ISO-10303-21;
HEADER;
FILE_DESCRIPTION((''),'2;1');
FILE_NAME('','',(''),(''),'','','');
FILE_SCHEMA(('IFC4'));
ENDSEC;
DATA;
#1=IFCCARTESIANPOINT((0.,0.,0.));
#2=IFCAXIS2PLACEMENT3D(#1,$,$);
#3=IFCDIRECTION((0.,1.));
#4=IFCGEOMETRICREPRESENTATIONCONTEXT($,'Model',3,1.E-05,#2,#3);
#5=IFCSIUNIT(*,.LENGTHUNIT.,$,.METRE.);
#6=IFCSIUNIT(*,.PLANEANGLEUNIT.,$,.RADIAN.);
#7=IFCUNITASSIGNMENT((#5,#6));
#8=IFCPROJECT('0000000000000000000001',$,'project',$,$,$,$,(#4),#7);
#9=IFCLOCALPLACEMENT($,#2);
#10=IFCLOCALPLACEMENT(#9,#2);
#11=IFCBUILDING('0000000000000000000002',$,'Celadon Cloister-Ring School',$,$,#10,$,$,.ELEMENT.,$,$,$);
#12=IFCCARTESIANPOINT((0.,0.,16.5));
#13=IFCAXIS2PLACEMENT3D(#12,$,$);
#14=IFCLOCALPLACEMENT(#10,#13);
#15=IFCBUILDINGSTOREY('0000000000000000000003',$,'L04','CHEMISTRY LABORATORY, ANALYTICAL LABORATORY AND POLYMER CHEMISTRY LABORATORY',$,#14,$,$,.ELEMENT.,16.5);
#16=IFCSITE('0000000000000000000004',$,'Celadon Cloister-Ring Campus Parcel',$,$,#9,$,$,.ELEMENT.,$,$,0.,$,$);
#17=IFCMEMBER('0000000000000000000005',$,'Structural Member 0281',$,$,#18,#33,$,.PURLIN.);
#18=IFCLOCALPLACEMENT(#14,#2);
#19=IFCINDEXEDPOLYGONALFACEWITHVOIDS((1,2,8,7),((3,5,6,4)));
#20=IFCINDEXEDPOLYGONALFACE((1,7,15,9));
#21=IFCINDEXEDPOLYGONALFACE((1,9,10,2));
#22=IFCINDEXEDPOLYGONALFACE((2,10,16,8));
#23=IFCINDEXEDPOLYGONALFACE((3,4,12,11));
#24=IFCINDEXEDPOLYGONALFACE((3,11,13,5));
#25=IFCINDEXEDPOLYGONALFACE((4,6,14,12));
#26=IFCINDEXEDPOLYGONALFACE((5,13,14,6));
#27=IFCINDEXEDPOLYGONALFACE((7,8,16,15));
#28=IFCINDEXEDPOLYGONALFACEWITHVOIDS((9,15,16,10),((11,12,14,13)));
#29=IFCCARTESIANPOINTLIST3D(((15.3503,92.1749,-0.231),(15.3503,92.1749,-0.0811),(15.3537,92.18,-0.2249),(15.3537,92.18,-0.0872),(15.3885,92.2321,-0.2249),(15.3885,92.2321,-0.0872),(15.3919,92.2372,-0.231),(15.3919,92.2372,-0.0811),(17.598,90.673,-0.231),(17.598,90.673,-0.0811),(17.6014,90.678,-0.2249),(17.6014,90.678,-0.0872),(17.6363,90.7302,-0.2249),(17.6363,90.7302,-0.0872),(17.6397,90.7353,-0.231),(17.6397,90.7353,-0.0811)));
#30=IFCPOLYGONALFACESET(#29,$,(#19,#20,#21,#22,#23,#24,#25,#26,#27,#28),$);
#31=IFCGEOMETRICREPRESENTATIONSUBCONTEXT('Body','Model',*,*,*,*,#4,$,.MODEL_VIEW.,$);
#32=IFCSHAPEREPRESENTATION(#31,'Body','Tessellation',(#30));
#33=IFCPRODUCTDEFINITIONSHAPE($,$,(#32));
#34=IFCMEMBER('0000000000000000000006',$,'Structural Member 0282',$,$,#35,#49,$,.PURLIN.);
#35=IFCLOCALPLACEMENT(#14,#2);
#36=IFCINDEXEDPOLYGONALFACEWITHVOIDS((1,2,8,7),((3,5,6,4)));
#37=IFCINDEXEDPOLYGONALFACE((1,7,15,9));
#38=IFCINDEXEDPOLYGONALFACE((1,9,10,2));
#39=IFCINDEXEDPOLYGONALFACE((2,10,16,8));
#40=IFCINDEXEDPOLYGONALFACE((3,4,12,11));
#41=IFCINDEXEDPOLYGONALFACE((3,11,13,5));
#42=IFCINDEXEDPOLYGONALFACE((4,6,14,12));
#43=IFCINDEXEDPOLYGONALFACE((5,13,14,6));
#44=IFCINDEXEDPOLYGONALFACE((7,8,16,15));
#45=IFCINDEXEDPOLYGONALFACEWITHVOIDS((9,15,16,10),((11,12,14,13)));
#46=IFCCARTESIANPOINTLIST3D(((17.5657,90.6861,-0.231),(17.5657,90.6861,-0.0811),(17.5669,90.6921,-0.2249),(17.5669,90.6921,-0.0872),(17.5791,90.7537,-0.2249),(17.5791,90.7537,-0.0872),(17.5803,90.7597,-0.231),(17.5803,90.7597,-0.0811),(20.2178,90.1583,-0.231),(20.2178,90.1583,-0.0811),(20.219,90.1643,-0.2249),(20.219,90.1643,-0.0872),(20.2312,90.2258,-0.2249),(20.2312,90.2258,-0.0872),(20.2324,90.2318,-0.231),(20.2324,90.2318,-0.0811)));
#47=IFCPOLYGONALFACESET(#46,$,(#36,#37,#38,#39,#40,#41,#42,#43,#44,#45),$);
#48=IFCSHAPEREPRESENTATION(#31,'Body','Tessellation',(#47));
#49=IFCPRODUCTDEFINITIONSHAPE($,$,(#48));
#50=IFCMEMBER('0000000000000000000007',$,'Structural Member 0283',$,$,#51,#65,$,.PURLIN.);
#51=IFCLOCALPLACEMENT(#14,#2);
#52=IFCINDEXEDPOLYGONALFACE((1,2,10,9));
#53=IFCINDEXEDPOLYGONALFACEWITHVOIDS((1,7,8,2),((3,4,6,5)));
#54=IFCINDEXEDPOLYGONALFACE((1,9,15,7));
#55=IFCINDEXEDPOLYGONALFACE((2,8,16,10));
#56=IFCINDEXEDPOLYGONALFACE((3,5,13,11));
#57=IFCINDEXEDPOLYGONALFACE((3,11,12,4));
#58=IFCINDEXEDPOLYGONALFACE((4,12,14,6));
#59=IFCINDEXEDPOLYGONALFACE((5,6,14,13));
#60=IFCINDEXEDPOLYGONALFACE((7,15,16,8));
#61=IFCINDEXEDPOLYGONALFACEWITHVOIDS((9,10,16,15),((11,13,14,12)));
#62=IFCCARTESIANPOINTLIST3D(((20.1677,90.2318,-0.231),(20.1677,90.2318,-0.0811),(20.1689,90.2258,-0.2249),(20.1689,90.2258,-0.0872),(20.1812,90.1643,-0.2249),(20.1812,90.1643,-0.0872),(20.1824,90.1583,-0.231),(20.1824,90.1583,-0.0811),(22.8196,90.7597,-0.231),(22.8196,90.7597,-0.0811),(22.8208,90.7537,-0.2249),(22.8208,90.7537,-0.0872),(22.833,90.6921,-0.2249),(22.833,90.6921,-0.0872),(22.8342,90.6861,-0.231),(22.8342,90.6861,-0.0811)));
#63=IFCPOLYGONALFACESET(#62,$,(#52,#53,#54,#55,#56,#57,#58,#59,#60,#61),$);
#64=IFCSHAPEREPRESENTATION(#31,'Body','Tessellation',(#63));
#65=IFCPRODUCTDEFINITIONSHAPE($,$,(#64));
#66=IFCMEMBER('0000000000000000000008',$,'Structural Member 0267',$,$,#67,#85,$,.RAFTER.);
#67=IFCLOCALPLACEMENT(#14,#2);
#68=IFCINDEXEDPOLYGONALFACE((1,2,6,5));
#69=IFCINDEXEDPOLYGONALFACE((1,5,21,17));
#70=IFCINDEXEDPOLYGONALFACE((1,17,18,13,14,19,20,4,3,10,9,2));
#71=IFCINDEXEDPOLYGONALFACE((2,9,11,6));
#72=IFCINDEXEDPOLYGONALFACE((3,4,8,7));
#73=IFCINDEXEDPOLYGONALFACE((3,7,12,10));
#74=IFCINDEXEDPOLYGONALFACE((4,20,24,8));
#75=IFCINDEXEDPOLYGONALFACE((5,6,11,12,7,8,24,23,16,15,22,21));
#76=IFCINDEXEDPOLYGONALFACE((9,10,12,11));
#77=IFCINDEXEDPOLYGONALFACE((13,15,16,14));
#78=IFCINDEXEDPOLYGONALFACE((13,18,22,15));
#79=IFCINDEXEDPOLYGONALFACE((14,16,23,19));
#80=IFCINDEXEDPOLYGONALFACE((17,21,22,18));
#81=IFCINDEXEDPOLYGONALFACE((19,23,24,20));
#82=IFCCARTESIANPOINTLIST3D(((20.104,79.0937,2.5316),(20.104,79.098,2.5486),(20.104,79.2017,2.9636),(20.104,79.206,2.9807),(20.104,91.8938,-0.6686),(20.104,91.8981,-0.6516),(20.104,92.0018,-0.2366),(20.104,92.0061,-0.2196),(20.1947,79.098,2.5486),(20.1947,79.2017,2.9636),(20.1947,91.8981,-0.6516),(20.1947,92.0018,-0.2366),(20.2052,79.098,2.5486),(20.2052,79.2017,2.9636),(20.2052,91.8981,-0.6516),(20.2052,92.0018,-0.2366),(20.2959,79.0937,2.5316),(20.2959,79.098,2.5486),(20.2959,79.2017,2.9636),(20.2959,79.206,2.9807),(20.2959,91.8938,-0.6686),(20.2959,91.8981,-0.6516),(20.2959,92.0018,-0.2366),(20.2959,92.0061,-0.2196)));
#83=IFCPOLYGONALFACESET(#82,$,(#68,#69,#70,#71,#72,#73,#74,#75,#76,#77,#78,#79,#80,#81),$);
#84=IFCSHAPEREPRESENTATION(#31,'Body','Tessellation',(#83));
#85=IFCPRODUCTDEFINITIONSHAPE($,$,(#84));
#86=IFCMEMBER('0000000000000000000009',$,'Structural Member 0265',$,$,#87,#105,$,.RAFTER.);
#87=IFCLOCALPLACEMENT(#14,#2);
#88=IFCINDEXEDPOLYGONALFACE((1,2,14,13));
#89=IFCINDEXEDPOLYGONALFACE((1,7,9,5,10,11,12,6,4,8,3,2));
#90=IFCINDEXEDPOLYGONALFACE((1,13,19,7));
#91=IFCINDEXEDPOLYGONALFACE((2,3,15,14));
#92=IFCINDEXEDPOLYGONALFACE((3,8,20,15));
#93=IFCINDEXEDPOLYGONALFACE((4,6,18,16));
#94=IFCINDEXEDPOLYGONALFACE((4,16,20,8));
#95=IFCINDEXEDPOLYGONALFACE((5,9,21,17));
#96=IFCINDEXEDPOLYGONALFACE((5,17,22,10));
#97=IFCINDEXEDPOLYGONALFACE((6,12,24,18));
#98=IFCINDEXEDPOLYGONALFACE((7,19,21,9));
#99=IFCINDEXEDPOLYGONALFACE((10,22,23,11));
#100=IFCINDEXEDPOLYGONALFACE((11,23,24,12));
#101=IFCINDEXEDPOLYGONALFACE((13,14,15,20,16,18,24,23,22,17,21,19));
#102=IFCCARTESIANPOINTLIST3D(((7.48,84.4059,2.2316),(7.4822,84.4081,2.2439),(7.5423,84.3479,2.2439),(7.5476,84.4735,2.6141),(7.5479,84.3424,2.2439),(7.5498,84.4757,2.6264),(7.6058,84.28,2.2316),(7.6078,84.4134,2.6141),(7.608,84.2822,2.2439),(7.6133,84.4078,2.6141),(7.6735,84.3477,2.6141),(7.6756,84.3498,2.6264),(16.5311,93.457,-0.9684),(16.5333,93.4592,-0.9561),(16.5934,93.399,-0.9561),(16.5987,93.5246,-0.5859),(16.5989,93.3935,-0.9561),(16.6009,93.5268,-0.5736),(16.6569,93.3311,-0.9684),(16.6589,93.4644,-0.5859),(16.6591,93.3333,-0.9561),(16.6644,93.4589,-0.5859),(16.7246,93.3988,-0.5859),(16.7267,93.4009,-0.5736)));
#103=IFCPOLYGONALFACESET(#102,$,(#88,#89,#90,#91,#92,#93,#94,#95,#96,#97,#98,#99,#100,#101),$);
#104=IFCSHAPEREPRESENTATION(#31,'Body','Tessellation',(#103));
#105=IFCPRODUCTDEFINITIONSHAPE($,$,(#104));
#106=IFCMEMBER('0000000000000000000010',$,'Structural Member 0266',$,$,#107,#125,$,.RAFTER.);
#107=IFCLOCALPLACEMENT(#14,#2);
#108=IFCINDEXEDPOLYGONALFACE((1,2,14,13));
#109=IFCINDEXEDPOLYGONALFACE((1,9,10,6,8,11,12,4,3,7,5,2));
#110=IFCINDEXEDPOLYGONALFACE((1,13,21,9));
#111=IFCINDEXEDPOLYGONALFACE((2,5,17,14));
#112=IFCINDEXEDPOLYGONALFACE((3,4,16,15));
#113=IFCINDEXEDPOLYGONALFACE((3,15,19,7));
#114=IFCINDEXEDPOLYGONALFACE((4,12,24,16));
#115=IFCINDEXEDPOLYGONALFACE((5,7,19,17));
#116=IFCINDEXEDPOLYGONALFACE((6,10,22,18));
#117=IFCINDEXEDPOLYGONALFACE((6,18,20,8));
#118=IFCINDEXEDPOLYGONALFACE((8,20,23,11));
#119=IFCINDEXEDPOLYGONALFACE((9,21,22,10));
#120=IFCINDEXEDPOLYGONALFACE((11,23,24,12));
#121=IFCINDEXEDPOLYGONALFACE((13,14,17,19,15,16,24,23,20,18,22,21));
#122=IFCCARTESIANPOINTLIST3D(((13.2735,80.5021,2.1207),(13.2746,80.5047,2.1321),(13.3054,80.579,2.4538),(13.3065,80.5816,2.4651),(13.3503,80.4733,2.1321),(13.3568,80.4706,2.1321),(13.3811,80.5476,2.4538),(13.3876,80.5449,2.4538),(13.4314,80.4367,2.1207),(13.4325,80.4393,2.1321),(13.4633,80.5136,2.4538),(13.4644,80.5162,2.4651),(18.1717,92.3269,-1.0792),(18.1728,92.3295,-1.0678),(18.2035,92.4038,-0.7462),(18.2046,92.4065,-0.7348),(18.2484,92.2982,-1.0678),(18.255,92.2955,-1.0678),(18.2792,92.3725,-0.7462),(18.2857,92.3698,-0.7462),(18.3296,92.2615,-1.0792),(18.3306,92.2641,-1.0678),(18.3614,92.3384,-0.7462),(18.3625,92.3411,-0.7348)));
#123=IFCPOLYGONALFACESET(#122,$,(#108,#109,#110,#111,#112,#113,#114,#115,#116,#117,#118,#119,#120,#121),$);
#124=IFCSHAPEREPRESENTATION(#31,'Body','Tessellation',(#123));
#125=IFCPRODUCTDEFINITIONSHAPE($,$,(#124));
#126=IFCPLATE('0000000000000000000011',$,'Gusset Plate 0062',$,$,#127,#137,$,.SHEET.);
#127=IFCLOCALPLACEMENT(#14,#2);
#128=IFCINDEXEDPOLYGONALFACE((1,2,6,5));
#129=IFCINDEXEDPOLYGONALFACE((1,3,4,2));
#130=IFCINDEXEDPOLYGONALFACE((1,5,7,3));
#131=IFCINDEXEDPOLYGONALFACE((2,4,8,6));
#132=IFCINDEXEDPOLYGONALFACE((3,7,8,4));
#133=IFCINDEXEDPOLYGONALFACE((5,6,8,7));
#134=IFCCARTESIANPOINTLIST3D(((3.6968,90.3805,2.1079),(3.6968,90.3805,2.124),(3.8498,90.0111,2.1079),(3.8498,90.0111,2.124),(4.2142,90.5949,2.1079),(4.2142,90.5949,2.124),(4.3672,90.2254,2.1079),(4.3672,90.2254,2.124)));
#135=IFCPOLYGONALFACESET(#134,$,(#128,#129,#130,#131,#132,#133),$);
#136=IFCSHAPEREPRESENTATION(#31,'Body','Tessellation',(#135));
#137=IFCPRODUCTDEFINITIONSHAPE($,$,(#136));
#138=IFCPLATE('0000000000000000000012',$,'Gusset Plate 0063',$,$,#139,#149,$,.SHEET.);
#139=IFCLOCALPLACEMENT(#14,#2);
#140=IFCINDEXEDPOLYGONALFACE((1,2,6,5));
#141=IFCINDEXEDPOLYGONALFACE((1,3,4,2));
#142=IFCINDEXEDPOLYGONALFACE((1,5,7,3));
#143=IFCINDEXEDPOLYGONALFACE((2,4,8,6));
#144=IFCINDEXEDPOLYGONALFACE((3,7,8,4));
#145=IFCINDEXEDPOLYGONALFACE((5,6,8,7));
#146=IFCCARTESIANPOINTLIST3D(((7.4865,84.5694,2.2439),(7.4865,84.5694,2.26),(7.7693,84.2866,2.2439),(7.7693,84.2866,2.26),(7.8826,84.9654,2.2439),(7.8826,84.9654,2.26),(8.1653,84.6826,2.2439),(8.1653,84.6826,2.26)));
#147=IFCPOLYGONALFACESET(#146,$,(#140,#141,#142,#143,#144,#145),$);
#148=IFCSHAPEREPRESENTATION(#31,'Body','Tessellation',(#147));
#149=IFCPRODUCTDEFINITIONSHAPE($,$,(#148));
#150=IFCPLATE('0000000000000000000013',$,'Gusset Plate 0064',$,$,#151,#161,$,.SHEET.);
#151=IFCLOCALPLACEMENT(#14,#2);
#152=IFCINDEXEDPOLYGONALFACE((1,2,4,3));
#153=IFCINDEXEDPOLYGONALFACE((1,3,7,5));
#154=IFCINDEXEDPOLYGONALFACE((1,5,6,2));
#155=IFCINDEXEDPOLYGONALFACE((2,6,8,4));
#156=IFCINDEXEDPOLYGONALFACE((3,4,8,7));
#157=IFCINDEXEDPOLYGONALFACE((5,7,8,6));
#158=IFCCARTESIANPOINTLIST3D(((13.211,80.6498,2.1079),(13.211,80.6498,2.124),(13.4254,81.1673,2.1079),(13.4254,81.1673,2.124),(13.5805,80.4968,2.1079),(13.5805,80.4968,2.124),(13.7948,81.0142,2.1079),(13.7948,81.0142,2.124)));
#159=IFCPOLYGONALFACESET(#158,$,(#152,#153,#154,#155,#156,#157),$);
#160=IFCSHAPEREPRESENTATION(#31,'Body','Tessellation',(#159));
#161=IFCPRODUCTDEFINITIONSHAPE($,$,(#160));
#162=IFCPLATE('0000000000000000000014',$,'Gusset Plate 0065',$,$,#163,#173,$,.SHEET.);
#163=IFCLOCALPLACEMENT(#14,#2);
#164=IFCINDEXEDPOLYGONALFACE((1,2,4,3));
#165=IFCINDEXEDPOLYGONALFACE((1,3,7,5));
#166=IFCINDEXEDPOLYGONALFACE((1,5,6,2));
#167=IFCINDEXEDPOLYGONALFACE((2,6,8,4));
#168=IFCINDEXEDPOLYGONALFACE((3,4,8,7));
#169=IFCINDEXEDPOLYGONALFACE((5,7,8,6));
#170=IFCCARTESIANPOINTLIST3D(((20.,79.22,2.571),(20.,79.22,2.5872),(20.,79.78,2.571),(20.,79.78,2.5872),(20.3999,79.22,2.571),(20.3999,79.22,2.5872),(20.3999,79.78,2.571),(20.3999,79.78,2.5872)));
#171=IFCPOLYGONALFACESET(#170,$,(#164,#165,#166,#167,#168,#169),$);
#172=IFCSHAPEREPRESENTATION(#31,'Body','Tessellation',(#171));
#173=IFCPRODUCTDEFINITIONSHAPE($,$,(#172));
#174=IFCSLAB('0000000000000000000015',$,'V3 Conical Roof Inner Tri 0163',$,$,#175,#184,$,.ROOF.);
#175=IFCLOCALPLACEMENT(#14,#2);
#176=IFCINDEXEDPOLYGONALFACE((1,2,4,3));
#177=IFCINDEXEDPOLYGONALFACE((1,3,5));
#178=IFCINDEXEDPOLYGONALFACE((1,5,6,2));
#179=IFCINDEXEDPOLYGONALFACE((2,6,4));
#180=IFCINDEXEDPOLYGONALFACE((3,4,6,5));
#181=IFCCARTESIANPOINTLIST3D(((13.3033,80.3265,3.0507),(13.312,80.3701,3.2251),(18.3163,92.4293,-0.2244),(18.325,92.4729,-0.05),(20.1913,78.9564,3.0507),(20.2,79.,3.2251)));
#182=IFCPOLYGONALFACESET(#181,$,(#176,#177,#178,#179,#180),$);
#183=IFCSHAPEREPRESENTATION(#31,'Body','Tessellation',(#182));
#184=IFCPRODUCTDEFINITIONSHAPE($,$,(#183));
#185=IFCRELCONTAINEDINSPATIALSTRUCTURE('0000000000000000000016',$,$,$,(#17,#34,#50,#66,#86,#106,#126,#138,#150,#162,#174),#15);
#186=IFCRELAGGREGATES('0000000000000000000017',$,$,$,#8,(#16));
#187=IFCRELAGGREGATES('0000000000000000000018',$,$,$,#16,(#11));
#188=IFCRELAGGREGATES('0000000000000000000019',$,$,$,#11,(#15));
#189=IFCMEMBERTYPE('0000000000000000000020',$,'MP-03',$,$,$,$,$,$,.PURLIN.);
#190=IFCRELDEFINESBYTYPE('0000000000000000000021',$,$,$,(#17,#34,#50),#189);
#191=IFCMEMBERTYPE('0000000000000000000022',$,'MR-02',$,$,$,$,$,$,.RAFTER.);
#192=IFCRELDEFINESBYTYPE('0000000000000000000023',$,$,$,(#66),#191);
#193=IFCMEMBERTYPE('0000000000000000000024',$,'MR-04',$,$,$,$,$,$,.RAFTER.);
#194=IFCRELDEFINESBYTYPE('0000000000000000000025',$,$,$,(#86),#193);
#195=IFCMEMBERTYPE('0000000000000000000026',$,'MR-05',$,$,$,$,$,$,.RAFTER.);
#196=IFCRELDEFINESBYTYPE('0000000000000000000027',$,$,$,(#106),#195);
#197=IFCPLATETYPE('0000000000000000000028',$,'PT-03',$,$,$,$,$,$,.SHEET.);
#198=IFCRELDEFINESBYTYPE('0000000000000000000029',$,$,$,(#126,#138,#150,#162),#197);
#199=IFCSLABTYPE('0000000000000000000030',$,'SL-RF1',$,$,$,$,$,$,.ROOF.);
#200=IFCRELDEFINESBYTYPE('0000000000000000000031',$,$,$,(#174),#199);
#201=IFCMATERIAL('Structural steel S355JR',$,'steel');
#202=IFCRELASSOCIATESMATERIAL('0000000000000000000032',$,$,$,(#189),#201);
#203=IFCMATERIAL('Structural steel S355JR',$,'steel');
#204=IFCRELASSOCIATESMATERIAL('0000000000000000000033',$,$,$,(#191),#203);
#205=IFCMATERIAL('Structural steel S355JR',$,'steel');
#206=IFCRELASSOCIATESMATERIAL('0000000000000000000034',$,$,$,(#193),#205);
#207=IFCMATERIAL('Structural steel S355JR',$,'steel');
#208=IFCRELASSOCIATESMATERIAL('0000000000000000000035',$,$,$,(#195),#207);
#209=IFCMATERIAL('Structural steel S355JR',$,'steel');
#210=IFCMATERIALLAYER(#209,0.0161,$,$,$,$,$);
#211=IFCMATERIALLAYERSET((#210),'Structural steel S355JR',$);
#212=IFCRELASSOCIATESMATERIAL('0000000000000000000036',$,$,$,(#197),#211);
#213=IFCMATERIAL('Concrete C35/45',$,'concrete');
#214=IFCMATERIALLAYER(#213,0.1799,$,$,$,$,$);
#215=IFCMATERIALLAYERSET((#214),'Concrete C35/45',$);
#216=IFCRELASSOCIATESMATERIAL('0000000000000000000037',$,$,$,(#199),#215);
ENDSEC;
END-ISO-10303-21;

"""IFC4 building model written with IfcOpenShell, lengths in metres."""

from ifc_helpers import new_model, si_unit, direction, frame, origin, origin_2d, place, context, subcontext, project, spatial, polyline, rectangle, hollow_rectangle, i_section, outline, extrude, material, layer, layer_set, material_profile, profile_set, type_object, element, save


model = new_model("IFC4")

# Units and contexts
model_context = context("Model", 3, precision=1e-05, world=origin(), true_north=direction((0.0, 1.0)))
body_context = subcontext(model_context, "Body", "Model", "MODEL_VIEW")
ifc_project = project(units=[si_unit("LENGTHUNIT", "METRE"), si_unit("PLANEANGLEUNIT", "RADIAN")], contexts=[model_context])

# Site, building, storey
site_placement = place(None, origin())
site = spatial("IfcSite", under=ifc_project, at=site_placement, Name="Celadon Cloister-Ring Campus Parcel", CompositionType="ELEMENT", RefElevation=0.0)
building_placement = place(site_placement, origin())
building = spatial("IfcBuilding", under=site, at=building_placement, Name="Celadon Cloister-Ring School", CompositionType="ELEMENT")
storey_placement = place(building_placement, frame((0.0, 0.0, 16.5)))
storey = spatial("IfcBuildingStorey", under=building, at=storey_placement, Name="L04", Description="CHEMISTRY LABORATORY, ANALYTICAL LABORATORY AND POLYMER CHEMISTRY LABORATORY", CompositionType="ELEMENT", Elevation=16.5)

# Members
ifc_material_1 = material(Name="Structural steel S355JR", Category="steel")
ifc_material_profile_1 = material_profile(ifc_material_1, hollow_rectangle(XDim=0.075, YDim=0.1499, WallThickness=0.0061, at=origin_2d()), Name="HSS150X75X6")
ifc_profile_set_1 = profile_set([ifc_material_profile_1], Name="Structural steel S355JR")
member_type_1 = type_object("IfcMemberType", Name="MP-03", PredefinedType="PURLIN", material=ifc_profile_set_1)
member_1_placement = place(storey_placement, frame((15.3711, 92.2061, -0.156), z_axis=(0.831466, -0.555575, 0.0), x_axis=(0.555575, 0.831466, 0.0)))
element("IfcMember", 1, at=member_1_placement, inside=storey, type_object=member_type_1, Name="Structural Member 0281", PredefinedType="PURLIN", context=body_context, shape_type="SweptSolid", body=[
    extrude(hollow_rectangle(XDim=0.075, YDim=0.1499, WallThickness=0.0061, at=origin_2d()), origin(), (0.0, 0.0, 1.0), 2.7034),
])
member_2_placement = place(storey_placement, frame((17.573, 90.7229, -0.156), z_axis=(0.980764, -0.195196, 0.0), x_axis=(0.195196, 0.980764, 0.0)))
element("IfcMember", 2, at=member_2_placement, inside=storey, type_object=member_type_1, Name="Structural Member 0282", PredefinedType="PURLIN", context=body_context, shape_type="SweptSolid", body=[
    extrude(hollow_rectangle(XDim=0.075, YDim=0.1499, WallThickness=0.0061, at=origin_2d()), origin(), (0.0, 0.0, 1.0), 2.7041),
])
member_3_placement = place(storey_placement, frame((20.175, 90.1951, -0.156), z_axis=(0.980761, 0.195213, 0.0), x_axis=(-0.195213, 0.980761, 0.0)))
element("IfcMember", 3, at=member_3_placement, inside=storey, type_object=member_type_1, Name="Structural Member 0283", PredefinedType="PURLIN", context=body_context, shape_type="SweptSolid", body=[
    extrude(hollow_rectangle(XDim=0.075, YDim=0.1499, WallThickness=0.0061, at=origin_2d()), origin(), (0.0, 0.0, 1.0), 2.7039),
])
ifc_material_2 = material(Name="Structural steel S355JR", Category="steel")
ifc_material_profile_2 = material_profile(ifc_material_2, i_section(OverallWidth=0.1919, OverallDepth=0.4629, WebThickness=0.0105, FlangeThickness=0.0176, at=origin_2d()), Name="W460X89")
ifc_profile_set_2 = profile_set([ifc_material_profile_2], Name="Structural steel S355JR")
member_type_2 = type_object("IfcMemberType", Name="MR-02", PredefinedType="RAFTER", material=ifc_profile_set_2)
member_4_placement = place(storey_placement, frame((20.2, 91.95, -0.4441), z_axis=(0.0, -0.970139, 0.242549), x_axis=(1.0, 0.0, 0.0)))
element("IfcMember", 4, at=member_4_placement, inside=storey, type_object=member_type_2, Name="Structural Member 0267", PredefinedType="RAFTER", context=body_context, shape_type="SweptSolid", body=[
    extrude(i_section(OverallWidth=0.1919, OverallDepth=0.4629, WebThickness=0.0105, FlangeThickness=0.0176, at=origin_2d()), origin(), (0.0, 0.0, 1.0), 13.1941),
])
ifc_material_3 = material(Name="Structural steel S355JR", Category="steel")
ifc_material_profile_3 = material_profile(ifc_material_3, i_section(OverallWidth=0.178, OverallDepth=0.407, WebThickness=0.0078, FlangeThickness=0.0127, at=origin_2d()), Name="W410X60")
ifc_profile_set_3 = profile_set([ifc_material_profile_3], Name="Structural steel S355JR")
member_type_3 = type_object("IfcMemberType", Name="MR-04", PredefinedType="RAFTER", material=ifc_profile_set_3)
member_5_placement = place(storey_placement, frame((16.6289, 93.429, -0.771), z_axis=(-0.685995, -0.685995, 0.242531), x_axis=(0.707107, -0.707107, 0.0)))
element("IfcMember", 5, at=member_5_placement, inside=storey, type_object=member_type_3, Name="Structural Member 0265", PredefinedType="RAFTER", context=body_context, shape_type="SweptSolid", body=[
    extrude(i_section(OverallWidth=0.178, OverallDepth=0.407, WebThickness=0.0078, FlangeThickness=0.0127, at=origin_2d()), origin(), (0.0, 0.0, 1.0), 13.1941),
])
ifc_material_4 = material(Name="Structural steel S355JR", Category="steel")
ifc_material_profile_4 = material_profile(ifc_material_4, i_section(OverallWidth=0.1709, OverallDepth=0.355, WebThickness=0.0071, FlangeThickness=0.0117, at=origin_2d()), Name="W360X51")
ifc_profile_set_4 = profile_set([ifc_material_profile_4], Name="Structural steel S355JR")
member_type_4 = type_object("IfcMemberType", Name="MR-05", PredefinedType="RAFTER", material=ifc_profile_set_4)
member_6_placement = place(storey_placement, frame((18.2671, 92.334, -0.907), z_axis=(-0.371266, -0.896289, 0.242545), x_axis=(0.923876, -0.382693, 0.0)))
element("IfcMember", 6, at=member_6_placement, inside=storey, type_object=member_type_4, Name="Structural Member 0266", PredefinedType="RAFTER", context=body_context, shape_type="SweptSolid", body=[
    extrude(i_section(OverallWidth=0.1709, OverallDepth=0.355, WebThickness=0.0071, FlangeThickness=0.0117, at=origin_2d()), origin(), (0.0, 0.0, 1.0), 13.1931),
])

# Plates
ifc_material_5 = material(Name="Structural steel S355JR", Category="steel")
ifc_layer_1 = layer(ifc_material_5, 0.0161)
ifc_layer_set_1 = layer_set([ifc_layer_1], Name="Structural steel S355JR")
plate_type = type_object("IfcPlateType", Name="PT-03", PredefinedType="SHEET", material=ifc_layer_set_1)
for number, where, z_axis, x_axis, name in (
    (7, (4.032, 90.303, 2.1079), (0.0, 0.0, 1.0), (-0.92388, -0.382683, 0.0), "Gusset Plate 0062"),
    (8, (7.8259, 84.626, 2.2439), (0.0, 0.0, 1.0), (-0.707107, -0.707107, 0.0), "Gusset Plate 0063"),
    (9, (13.5029, 80.832, 2.1079), (0.0, 0.0, 1.0), (-0.382683, -0.92388, 0.0), "Gusset Plate 0064"),
    (10, (20.2, 79.5, 2.571), (0.0, 0.0, 1.0), (0.0, -1.0, 0.0), "Gusset Plate 0065"),
):
    element("IfcPlate", number, at=place(storey_placement, frame(where, z_axis=z_axis, x_axis=x_axis)), inside=storey, type_object=plate_type, Name=name, PredefinedType="SHEET", context=body_context, shape_type="SweptSolid", body=[
        extrude(rectangle(XDim=0.5601, YDim=0.3999, at=origin_2d()), origin(), (0.0, 0.0, 1.0), 0.0161),
    ])

# Slab
ifc_material_6 = material(Name="Concrete C35/45", Category="concrete")
ifc_layer_2 = layer(ifc_material_6, 0.1799)
ifc_layer_set_2 = layer_set([ifc_layer_2], Name="Concrete C35/45")
slab_type = type_object("IfcSlabType", Name="SL-RF1", PredefinedType="ROOF", material=ifc_layer_set_2)
slab_1_placement = place(storey_placement, frame((18.325, 92.4729, -0.05), z_axis=(0.04819, 0.242265, 0.969013), x_axis=(-0.371244, -0.896297, 0.242548)))
element("IfcSlab", 11, at=slab_1_placement, inside=storey, type_object=slab_type, Name="V3 Conical Roof Inner Tri 0163", PredefinedType="ROOF", context=body_context, shape_type="SweptSolid", body=[
    extrude(outline(polyline([(0.0, 0.0), (13.5031, 0.0), (12.174, 6.896), (0.0, 0.0)])), origin(), (0.0, 0.0, -1.0), 0.1799),
])

save(model, "model.ifc")
